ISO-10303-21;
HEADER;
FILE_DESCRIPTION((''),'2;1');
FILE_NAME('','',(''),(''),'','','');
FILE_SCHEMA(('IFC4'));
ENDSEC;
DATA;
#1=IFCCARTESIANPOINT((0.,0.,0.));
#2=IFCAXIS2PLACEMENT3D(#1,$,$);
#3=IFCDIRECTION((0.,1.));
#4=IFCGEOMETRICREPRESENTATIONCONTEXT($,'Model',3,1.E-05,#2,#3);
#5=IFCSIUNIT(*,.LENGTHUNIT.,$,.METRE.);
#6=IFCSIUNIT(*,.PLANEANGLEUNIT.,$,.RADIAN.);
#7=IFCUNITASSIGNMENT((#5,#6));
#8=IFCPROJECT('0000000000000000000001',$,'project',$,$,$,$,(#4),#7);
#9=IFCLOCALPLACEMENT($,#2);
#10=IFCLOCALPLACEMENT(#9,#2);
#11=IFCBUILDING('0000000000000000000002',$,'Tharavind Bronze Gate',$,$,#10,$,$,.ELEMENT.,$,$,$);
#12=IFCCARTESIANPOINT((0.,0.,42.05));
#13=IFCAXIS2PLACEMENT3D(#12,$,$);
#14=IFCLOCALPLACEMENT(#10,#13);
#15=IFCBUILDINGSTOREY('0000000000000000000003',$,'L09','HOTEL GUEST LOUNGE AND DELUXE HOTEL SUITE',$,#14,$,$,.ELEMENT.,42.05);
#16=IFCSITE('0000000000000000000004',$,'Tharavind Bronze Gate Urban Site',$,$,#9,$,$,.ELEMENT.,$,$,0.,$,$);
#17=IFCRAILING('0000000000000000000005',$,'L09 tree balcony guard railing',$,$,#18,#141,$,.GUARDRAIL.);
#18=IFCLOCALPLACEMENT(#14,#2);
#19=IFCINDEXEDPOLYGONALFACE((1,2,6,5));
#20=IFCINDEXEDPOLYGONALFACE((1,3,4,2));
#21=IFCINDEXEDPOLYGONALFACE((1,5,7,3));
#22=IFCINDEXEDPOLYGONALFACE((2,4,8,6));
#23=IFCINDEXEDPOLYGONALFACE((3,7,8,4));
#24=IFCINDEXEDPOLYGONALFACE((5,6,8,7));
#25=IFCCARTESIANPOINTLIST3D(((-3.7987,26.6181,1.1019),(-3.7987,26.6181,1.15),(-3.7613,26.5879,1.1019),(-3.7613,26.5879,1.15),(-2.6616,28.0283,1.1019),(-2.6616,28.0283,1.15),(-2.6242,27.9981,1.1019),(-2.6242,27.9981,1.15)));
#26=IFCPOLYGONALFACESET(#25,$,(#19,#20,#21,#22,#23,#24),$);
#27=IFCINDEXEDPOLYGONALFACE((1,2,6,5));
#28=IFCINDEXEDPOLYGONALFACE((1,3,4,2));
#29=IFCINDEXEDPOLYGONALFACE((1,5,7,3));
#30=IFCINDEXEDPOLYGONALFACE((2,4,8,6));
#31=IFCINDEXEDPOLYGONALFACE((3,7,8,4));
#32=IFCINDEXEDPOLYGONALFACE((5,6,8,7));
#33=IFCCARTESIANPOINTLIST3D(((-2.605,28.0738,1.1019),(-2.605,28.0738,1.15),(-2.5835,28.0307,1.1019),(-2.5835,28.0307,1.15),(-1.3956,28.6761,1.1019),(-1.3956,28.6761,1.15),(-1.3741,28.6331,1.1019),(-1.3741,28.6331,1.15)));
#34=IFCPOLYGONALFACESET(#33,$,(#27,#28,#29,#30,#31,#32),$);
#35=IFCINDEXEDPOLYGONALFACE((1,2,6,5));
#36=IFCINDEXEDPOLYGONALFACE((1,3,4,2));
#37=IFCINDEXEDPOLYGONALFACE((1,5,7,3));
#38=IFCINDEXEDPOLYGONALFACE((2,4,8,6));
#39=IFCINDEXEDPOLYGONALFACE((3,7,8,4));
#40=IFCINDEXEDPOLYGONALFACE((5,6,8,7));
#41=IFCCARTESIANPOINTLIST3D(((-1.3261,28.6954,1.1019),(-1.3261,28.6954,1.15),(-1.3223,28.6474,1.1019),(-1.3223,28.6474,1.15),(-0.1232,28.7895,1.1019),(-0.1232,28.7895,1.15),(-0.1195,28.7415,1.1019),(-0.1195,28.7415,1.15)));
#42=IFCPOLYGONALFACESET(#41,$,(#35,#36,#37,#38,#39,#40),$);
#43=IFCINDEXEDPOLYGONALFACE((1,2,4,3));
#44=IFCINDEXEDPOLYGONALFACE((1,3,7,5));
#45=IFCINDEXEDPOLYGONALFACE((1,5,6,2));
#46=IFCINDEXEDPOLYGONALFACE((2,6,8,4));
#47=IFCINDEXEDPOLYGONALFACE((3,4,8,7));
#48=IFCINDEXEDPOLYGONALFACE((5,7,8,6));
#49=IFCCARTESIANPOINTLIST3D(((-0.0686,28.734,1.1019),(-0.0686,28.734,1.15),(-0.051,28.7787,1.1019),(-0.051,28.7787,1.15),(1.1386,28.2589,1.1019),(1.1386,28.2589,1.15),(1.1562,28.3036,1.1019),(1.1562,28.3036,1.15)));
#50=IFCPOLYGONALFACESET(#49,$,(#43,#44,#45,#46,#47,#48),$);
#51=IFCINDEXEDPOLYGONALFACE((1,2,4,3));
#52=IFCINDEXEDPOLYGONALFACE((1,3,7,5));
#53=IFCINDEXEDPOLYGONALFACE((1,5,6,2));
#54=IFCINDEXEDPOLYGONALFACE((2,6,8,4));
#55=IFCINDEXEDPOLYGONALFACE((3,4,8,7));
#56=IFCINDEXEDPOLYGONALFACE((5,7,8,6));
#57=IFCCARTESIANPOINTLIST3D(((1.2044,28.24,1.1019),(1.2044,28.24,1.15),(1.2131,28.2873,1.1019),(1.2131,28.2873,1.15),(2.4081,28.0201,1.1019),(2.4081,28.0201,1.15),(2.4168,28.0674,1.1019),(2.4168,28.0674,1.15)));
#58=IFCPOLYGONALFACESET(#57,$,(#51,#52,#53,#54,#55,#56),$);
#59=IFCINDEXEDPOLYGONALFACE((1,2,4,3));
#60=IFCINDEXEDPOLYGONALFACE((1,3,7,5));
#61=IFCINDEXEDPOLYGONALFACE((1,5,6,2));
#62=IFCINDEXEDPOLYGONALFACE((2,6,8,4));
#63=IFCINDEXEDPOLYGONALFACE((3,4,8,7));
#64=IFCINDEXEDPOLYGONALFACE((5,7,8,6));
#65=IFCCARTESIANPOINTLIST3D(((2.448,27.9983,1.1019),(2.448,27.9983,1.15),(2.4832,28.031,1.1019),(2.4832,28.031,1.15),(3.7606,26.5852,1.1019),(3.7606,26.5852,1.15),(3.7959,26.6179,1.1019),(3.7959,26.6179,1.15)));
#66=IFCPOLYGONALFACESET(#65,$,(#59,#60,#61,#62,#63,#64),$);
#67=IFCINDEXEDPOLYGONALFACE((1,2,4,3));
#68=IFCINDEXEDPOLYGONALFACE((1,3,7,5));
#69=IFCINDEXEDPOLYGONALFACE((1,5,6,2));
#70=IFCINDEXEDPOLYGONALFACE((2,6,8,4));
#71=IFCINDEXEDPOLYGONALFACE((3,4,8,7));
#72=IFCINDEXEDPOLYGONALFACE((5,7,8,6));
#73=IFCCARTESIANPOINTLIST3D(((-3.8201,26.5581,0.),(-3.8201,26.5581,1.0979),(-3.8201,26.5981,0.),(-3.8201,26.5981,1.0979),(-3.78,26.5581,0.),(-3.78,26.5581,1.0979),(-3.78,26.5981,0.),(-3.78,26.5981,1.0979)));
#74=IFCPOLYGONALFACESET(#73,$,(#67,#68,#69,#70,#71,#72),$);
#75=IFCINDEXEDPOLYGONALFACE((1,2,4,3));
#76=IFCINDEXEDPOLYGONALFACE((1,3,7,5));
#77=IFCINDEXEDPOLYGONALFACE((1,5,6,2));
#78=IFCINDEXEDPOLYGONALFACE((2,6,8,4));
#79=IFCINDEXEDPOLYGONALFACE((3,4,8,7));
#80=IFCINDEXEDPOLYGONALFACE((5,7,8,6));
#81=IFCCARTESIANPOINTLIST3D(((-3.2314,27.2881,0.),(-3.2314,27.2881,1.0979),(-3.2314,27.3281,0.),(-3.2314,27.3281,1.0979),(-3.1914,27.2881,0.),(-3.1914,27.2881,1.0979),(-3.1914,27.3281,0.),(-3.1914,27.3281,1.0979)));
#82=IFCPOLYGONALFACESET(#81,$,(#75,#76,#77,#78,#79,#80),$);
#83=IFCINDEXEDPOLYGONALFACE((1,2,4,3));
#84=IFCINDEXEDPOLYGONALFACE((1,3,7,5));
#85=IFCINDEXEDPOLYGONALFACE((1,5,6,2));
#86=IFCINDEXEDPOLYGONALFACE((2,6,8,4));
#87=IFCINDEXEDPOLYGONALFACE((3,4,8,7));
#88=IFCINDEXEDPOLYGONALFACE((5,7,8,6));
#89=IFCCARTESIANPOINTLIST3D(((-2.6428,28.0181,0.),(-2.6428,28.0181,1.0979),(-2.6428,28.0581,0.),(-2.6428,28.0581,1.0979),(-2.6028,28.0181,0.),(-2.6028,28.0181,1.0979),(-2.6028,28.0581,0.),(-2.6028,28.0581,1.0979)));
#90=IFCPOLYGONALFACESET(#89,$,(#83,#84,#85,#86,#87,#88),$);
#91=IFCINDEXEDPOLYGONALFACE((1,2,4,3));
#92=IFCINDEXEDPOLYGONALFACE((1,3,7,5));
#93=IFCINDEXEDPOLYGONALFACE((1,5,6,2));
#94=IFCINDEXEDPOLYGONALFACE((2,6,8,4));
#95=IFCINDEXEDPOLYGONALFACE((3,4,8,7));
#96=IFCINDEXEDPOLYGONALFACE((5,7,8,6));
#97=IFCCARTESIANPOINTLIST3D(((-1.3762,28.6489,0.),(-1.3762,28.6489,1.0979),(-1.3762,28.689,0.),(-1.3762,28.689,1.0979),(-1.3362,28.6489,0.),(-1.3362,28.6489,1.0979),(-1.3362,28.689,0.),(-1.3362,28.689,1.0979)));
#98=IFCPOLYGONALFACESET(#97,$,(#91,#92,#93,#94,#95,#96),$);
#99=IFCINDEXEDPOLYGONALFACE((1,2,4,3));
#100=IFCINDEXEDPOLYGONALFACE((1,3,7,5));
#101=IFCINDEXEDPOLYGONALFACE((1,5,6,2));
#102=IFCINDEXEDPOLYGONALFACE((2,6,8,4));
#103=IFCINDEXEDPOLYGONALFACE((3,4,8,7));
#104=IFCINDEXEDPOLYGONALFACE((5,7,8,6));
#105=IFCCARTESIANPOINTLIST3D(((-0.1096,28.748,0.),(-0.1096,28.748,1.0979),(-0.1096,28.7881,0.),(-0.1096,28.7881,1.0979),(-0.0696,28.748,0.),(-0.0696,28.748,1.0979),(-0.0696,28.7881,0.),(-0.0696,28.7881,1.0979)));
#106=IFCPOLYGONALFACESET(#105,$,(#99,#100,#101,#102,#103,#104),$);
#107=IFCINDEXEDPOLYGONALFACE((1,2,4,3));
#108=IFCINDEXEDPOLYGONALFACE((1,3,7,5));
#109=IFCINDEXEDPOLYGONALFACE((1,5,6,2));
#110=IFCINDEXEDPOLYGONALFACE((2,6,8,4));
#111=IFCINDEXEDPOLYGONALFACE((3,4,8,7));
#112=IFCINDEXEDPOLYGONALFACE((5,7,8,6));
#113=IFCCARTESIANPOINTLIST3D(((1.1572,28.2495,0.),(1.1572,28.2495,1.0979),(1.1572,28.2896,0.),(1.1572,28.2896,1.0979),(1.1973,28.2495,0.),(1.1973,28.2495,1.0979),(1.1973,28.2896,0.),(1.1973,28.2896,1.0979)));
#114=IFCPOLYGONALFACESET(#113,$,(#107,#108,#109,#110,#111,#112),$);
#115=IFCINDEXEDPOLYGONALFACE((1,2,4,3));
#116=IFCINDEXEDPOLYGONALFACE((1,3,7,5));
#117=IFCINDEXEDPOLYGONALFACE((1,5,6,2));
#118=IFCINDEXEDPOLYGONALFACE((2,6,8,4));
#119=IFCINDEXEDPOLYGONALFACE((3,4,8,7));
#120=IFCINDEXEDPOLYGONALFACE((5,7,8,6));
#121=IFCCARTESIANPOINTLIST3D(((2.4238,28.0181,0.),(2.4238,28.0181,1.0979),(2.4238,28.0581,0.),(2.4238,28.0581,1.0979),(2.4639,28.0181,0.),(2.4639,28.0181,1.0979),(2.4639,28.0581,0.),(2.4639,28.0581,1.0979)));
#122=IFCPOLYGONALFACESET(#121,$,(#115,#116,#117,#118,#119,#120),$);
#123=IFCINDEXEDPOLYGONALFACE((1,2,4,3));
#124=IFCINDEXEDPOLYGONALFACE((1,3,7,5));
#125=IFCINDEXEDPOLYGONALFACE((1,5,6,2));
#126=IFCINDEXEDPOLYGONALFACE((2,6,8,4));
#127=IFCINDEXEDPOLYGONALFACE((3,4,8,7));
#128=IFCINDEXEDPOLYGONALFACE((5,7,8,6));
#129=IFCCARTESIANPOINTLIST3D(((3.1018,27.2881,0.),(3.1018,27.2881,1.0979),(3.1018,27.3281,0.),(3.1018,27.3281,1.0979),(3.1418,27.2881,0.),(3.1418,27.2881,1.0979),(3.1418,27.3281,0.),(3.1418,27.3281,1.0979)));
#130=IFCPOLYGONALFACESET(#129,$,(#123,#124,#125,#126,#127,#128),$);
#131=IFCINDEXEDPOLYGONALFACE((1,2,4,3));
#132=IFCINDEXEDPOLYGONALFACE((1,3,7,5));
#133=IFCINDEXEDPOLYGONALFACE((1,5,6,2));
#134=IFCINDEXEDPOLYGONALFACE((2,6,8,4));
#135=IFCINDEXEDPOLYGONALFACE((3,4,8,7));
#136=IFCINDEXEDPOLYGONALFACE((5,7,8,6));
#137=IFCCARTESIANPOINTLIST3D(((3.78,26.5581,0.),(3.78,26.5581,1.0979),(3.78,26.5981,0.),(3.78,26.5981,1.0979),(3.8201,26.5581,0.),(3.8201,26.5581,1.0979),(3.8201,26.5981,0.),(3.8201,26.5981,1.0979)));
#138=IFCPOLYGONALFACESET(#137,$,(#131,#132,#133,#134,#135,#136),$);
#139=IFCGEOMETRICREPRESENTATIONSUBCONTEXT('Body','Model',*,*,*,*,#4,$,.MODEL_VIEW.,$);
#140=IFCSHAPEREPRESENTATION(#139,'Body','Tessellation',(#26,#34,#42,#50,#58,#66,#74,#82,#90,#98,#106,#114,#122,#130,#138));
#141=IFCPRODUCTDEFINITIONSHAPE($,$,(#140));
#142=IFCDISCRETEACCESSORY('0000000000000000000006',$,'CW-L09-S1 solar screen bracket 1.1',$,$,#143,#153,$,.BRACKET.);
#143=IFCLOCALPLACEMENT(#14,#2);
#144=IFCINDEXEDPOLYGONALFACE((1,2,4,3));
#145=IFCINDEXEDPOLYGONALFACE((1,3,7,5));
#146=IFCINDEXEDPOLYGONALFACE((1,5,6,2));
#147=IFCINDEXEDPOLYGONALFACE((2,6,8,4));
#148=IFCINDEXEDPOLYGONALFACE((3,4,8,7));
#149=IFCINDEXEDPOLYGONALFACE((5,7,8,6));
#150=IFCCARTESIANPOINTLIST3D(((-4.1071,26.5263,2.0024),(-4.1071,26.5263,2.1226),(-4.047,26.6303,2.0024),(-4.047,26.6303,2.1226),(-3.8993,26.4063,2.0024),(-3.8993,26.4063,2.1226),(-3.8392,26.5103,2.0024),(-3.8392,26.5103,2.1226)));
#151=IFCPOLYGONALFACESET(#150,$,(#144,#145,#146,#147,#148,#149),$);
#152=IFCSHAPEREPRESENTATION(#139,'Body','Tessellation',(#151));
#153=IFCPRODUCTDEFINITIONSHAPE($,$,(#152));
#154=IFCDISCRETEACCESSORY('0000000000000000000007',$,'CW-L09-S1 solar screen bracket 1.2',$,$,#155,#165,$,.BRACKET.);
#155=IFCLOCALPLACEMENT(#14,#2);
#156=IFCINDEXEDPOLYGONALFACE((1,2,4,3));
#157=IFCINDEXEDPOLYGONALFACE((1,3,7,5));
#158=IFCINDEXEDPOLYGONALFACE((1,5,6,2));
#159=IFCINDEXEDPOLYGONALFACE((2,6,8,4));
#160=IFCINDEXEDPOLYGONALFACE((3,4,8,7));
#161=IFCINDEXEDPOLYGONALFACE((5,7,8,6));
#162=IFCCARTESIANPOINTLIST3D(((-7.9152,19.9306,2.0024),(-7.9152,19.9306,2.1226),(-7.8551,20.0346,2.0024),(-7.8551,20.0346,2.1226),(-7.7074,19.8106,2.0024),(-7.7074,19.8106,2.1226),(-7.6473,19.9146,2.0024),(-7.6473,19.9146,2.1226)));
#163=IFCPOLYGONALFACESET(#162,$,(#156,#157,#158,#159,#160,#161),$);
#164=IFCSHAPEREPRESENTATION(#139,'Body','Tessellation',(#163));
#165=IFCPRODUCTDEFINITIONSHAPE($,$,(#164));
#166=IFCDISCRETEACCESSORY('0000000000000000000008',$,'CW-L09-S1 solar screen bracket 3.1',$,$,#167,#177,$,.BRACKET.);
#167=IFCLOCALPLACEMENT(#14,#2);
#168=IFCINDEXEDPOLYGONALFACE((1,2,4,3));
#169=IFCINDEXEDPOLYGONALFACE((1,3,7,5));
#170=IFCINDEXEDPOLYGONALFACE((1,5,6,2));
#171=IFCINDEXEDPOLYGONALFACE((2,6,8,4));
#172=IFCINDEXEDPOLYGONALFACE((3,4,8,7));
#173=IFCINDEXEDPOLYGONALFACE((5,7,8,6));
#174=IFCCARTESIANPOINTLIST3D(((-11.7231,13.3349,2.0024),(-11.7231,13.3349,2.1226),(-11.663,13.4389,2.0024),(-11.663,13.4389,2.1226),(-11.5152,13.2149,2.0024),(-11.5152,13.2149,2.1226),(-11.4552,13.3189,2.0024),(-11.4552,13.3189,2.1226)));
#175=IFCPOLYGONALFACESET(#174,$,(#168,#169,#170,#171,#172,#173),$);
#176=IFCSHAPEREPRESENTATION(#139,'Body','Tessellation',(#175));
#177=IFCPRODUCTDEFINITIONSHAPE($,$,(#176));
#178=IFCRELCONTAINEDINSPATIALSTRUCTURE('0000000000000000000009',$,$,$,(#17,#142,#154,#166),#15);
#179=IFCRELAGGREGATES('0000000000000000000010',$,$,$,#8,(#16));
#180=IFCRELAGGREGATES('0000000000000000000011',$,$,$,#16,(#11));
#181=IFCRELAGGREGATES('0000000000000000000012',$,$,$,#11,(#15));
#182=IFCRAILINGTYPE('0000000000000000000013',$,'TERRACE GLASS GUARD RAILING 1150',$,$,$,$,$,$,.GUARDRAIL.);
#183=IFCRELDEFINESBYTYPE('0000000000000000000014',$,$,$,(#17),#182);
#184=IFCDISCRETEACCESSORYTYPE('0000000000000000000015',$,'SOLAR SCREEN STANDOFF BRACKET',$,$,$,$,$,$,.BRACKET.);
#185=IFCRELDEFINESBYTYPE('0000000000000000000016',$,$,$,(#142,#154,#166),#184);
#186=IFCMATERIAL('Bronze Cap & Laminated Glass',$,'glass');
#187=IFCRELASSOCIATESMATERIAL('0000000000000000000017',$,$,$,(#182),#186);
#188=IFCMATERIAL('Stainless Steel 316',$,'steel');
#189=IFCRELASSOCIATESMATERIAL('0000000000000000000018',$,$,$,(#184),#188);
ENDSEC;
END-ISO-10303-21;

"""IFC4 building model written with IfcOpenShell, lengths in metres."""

from ifc_helpers import new_model, si_unit, direction, frame, origin, origin_2d, place, context, subcontext, project, spatial, rectangle, extrude, material, type_object, element, save


model = new_model("IFC4")

# Units and contexts
model_context = context("Model", 3, precision=1e-05, world=origin(), true_north=direction((0.0, 1.0)))
body_context = subcontext(model_context, "Body", "Model", "MODEL_VIEW")
ifc_project = project(units=[si_unit("LENGTHUNIT", "METRE"), si_unit("PLANEANGLEUNIT", "RADIAN")], contexts=[model_context])

# Site, building, storey
site_placement = place(None, origin())
site = spatial("IfcSite", under=ifc_project, at=site_placement, Name="Tharavind Bronze Gate Urban Site", CompositionType="ELEMENT", RefElevation=0.0)
building_placement = place(site_placement, origin())
building = spatial("IfcBuilding", under=site, at=building_placement, Name="Tharavind Bronze Gate", CompositionType="ELEMENT")
storey_placement = place(building_placement, frame((0.0, 0.0, 42.05)))
storey = spatial("IfcBuildingStorey", under=building, at=storey_placement, Name="L09", Description="HOTEL GUEST LOUNGE AND DELUXE HOTEL SUITE", CompositionType="ELEMENT", Elevation=42.05)

# Railing
ifc_material_1 = material(Name="Bronze Cap & Laminated Glass", Category="glass")
railing_type = type_object("IfcRailingType", Name="TERRACE GLASS GUARD RAILING 1150", PredefinedType="GUARDRAIL", material=ifc_material_1)
railing_placement = place(storey_placement, frame((-3.8, 26.5781, 0.0)))
element("IfcRailing", 1, at=railing_placement, inside=storey, type_object=railing_type, Name="L09 tree balcony guard railing", PredefinedType="GUARDRAIL", context=body_context, shape_type="SweptSolid", body=[
    extrude(rectangle(XDim=0.0481, YDim=0.0481, at=origin_2d()), frame((0.02, 0.0249, 1.126), z_axis=(0.627707, 0.77845, 0.0), x_axis=(-0.77845, 0.627707, 0.0)), (0.0, 0.0, 1.0), 1.8115),
    extrude(rectangle(XDim=0.0481, YDim=0.0481, at=origin_2d()), frame((1.2058, 1.4741, 1.126), z_axis=(0.895116, 0.445833, 0.0), x_axis=(-0.445833, 0.895116, 0.0)), (0.0, 0.0, 1.0), 1.3511),
    extrude(rectangle(XDim=0.0481, YDim=0.0481, at=origin_2d()), frame((2.4758, 2.0933, 1.126), z_axis=(0.996952, 0.078019, 0.0), x_axis=(-0.078019, 0.996952, 0.0)), (0.0, 0.0, 1.0), 1.2065),
    extrude(rectangle(XDim=0.0481, YDim=0.0481, at=origin_2d()), frame((3.7402, 2.1782, 1.126), z_axis=(0.93054, -0.36619, 0.0), x_axis=(0.36619, 0.93054, 0.0)), (0.0, 0.0, 1.0), 1.2974),
    extrude(rectangle(XDim=0.0481, YDim=0.0481, at=origin_2d()), frame((5.0088, 1.6855, 1.126), z_axis=(0.983712, -0.179753, 0.0), x_axis=(0.179753, 0.983712, 0.0)), (0.0, 0.0, 1.0), 1.2236),
    extrude(rectangle(XDim=0.0481, YDim=0.0481, at=origin_2d()), frame((6.2656, 1.4365, 1.126), z_axis=(0.680592, -0.732663, 0.0), x_axis=(0.732663, 0.680592, 0.0)), (0.0, 0.0, 1.0), 1.9287),
    extrude(rectangle(XDim=0.04, YDim=0.04, at=origin_2d()), origin(), (0.0, 0.0, 1.0), 1.0979),
    extrude(rectangle(XDim=0.04, YDim=0.04, at=origin_2d()), frame((0.5886, 0.73, 0.0)), (0.0, 0.0, 1.0), 1.0979),
    extrude(rectangle(XDim=0.04, YDim=0.04, at=origin_2d()), frame((1.1772, 1.46, 0.0)), (0.0, 0.0, 1.0), 1.0979),
    extrude(rectangle(XDim=0.04, YDim=0.04, at=origin_2d()), frame((2.4438, 2.0908, 0.0)), (0.0, 0.0, 1.0), 1.0979),
    extrude(rectangle(XDim=0.04, YDim=0.04, at=origin_2d()), frame((3.7104, 2.1899, 0.0)), (0.0, 0.0, 1.0), 1.0979),
    extrude(rectangle(XDim=0.04, YDim=0.04, at=origin_2d()), frame((4.9773, 1.6914, 0.0)), (0.0, 0.0, 1.0), 1.0979),
    extrude(rectangle(XDim=0.04, YDim=0.04, at=origin_2d()), frame((6.2439, 1.46, 0.0)), (0.0, 0.0, 1.0), 1.0979),
    extrude(rectangle(XDim=0.04, YDim=0.04, at=origin_2d()), frame((6.9219, 0.73, 0.0)), (0.0, 0.0, 1.0), 1.0979),
    extrude(rectangle(XDim=0.04, YDim=0.04, at=origin_2d()), frame((7.6001, 0.0, 0.0)), (0.0, 0.0, 1.0), 1.0979),
])

# Discrete accessories
ifc_material_2 = material(Name="Stainless Steel 316", Category="steel")
discrete_accessory_type = type_object("IfcDiscreteAccessoryType", Name="SOLAR SCREEN STANDOFF BRACKET", PredefinedType="BRACKET", material=ifc_material_2)
for number, where, z_axis, x_axis, name in (
    (2, (-3.9731, 26.5183, 2.0024), (0.0, 0.0, 1.0), (-0.500002, -0.866025, 0.0), "CW-L09-S1 solar screen bracket 1.1"),
    (3, (-7.7812, 19.9226, 2.0024), (0.0, 0.0, 1.0), (-0.500002, -0.866025, 0.0), "CW-L09-S1 solar screen bracket 1.2"),
    (4, (-11.5891, 13.3269, 2.0024), (0.0, 0.0, 1.0), (-0.500002, -0.866025, 0.0), "CW-L09-S1 solar screen bracket 3.1"),
):
    element("IfcDiscreteAccessory", number, at=place(storey_placement, frame(where, z_axis=z_axis, x_axis=x_axis)), inside=storey, type_object=discrete_accessory_type, Name=name, PredefinedType="BRACKET", context=body_context, shape_type="SweptSolid", body=[
        extrude(rectangle(XDim=0.1201, YDim=0.24, at=origin_2d()), origin(), (0.0, 0.0, 1.0), 0.1201),
    ])

save(model, "model.ifc")
